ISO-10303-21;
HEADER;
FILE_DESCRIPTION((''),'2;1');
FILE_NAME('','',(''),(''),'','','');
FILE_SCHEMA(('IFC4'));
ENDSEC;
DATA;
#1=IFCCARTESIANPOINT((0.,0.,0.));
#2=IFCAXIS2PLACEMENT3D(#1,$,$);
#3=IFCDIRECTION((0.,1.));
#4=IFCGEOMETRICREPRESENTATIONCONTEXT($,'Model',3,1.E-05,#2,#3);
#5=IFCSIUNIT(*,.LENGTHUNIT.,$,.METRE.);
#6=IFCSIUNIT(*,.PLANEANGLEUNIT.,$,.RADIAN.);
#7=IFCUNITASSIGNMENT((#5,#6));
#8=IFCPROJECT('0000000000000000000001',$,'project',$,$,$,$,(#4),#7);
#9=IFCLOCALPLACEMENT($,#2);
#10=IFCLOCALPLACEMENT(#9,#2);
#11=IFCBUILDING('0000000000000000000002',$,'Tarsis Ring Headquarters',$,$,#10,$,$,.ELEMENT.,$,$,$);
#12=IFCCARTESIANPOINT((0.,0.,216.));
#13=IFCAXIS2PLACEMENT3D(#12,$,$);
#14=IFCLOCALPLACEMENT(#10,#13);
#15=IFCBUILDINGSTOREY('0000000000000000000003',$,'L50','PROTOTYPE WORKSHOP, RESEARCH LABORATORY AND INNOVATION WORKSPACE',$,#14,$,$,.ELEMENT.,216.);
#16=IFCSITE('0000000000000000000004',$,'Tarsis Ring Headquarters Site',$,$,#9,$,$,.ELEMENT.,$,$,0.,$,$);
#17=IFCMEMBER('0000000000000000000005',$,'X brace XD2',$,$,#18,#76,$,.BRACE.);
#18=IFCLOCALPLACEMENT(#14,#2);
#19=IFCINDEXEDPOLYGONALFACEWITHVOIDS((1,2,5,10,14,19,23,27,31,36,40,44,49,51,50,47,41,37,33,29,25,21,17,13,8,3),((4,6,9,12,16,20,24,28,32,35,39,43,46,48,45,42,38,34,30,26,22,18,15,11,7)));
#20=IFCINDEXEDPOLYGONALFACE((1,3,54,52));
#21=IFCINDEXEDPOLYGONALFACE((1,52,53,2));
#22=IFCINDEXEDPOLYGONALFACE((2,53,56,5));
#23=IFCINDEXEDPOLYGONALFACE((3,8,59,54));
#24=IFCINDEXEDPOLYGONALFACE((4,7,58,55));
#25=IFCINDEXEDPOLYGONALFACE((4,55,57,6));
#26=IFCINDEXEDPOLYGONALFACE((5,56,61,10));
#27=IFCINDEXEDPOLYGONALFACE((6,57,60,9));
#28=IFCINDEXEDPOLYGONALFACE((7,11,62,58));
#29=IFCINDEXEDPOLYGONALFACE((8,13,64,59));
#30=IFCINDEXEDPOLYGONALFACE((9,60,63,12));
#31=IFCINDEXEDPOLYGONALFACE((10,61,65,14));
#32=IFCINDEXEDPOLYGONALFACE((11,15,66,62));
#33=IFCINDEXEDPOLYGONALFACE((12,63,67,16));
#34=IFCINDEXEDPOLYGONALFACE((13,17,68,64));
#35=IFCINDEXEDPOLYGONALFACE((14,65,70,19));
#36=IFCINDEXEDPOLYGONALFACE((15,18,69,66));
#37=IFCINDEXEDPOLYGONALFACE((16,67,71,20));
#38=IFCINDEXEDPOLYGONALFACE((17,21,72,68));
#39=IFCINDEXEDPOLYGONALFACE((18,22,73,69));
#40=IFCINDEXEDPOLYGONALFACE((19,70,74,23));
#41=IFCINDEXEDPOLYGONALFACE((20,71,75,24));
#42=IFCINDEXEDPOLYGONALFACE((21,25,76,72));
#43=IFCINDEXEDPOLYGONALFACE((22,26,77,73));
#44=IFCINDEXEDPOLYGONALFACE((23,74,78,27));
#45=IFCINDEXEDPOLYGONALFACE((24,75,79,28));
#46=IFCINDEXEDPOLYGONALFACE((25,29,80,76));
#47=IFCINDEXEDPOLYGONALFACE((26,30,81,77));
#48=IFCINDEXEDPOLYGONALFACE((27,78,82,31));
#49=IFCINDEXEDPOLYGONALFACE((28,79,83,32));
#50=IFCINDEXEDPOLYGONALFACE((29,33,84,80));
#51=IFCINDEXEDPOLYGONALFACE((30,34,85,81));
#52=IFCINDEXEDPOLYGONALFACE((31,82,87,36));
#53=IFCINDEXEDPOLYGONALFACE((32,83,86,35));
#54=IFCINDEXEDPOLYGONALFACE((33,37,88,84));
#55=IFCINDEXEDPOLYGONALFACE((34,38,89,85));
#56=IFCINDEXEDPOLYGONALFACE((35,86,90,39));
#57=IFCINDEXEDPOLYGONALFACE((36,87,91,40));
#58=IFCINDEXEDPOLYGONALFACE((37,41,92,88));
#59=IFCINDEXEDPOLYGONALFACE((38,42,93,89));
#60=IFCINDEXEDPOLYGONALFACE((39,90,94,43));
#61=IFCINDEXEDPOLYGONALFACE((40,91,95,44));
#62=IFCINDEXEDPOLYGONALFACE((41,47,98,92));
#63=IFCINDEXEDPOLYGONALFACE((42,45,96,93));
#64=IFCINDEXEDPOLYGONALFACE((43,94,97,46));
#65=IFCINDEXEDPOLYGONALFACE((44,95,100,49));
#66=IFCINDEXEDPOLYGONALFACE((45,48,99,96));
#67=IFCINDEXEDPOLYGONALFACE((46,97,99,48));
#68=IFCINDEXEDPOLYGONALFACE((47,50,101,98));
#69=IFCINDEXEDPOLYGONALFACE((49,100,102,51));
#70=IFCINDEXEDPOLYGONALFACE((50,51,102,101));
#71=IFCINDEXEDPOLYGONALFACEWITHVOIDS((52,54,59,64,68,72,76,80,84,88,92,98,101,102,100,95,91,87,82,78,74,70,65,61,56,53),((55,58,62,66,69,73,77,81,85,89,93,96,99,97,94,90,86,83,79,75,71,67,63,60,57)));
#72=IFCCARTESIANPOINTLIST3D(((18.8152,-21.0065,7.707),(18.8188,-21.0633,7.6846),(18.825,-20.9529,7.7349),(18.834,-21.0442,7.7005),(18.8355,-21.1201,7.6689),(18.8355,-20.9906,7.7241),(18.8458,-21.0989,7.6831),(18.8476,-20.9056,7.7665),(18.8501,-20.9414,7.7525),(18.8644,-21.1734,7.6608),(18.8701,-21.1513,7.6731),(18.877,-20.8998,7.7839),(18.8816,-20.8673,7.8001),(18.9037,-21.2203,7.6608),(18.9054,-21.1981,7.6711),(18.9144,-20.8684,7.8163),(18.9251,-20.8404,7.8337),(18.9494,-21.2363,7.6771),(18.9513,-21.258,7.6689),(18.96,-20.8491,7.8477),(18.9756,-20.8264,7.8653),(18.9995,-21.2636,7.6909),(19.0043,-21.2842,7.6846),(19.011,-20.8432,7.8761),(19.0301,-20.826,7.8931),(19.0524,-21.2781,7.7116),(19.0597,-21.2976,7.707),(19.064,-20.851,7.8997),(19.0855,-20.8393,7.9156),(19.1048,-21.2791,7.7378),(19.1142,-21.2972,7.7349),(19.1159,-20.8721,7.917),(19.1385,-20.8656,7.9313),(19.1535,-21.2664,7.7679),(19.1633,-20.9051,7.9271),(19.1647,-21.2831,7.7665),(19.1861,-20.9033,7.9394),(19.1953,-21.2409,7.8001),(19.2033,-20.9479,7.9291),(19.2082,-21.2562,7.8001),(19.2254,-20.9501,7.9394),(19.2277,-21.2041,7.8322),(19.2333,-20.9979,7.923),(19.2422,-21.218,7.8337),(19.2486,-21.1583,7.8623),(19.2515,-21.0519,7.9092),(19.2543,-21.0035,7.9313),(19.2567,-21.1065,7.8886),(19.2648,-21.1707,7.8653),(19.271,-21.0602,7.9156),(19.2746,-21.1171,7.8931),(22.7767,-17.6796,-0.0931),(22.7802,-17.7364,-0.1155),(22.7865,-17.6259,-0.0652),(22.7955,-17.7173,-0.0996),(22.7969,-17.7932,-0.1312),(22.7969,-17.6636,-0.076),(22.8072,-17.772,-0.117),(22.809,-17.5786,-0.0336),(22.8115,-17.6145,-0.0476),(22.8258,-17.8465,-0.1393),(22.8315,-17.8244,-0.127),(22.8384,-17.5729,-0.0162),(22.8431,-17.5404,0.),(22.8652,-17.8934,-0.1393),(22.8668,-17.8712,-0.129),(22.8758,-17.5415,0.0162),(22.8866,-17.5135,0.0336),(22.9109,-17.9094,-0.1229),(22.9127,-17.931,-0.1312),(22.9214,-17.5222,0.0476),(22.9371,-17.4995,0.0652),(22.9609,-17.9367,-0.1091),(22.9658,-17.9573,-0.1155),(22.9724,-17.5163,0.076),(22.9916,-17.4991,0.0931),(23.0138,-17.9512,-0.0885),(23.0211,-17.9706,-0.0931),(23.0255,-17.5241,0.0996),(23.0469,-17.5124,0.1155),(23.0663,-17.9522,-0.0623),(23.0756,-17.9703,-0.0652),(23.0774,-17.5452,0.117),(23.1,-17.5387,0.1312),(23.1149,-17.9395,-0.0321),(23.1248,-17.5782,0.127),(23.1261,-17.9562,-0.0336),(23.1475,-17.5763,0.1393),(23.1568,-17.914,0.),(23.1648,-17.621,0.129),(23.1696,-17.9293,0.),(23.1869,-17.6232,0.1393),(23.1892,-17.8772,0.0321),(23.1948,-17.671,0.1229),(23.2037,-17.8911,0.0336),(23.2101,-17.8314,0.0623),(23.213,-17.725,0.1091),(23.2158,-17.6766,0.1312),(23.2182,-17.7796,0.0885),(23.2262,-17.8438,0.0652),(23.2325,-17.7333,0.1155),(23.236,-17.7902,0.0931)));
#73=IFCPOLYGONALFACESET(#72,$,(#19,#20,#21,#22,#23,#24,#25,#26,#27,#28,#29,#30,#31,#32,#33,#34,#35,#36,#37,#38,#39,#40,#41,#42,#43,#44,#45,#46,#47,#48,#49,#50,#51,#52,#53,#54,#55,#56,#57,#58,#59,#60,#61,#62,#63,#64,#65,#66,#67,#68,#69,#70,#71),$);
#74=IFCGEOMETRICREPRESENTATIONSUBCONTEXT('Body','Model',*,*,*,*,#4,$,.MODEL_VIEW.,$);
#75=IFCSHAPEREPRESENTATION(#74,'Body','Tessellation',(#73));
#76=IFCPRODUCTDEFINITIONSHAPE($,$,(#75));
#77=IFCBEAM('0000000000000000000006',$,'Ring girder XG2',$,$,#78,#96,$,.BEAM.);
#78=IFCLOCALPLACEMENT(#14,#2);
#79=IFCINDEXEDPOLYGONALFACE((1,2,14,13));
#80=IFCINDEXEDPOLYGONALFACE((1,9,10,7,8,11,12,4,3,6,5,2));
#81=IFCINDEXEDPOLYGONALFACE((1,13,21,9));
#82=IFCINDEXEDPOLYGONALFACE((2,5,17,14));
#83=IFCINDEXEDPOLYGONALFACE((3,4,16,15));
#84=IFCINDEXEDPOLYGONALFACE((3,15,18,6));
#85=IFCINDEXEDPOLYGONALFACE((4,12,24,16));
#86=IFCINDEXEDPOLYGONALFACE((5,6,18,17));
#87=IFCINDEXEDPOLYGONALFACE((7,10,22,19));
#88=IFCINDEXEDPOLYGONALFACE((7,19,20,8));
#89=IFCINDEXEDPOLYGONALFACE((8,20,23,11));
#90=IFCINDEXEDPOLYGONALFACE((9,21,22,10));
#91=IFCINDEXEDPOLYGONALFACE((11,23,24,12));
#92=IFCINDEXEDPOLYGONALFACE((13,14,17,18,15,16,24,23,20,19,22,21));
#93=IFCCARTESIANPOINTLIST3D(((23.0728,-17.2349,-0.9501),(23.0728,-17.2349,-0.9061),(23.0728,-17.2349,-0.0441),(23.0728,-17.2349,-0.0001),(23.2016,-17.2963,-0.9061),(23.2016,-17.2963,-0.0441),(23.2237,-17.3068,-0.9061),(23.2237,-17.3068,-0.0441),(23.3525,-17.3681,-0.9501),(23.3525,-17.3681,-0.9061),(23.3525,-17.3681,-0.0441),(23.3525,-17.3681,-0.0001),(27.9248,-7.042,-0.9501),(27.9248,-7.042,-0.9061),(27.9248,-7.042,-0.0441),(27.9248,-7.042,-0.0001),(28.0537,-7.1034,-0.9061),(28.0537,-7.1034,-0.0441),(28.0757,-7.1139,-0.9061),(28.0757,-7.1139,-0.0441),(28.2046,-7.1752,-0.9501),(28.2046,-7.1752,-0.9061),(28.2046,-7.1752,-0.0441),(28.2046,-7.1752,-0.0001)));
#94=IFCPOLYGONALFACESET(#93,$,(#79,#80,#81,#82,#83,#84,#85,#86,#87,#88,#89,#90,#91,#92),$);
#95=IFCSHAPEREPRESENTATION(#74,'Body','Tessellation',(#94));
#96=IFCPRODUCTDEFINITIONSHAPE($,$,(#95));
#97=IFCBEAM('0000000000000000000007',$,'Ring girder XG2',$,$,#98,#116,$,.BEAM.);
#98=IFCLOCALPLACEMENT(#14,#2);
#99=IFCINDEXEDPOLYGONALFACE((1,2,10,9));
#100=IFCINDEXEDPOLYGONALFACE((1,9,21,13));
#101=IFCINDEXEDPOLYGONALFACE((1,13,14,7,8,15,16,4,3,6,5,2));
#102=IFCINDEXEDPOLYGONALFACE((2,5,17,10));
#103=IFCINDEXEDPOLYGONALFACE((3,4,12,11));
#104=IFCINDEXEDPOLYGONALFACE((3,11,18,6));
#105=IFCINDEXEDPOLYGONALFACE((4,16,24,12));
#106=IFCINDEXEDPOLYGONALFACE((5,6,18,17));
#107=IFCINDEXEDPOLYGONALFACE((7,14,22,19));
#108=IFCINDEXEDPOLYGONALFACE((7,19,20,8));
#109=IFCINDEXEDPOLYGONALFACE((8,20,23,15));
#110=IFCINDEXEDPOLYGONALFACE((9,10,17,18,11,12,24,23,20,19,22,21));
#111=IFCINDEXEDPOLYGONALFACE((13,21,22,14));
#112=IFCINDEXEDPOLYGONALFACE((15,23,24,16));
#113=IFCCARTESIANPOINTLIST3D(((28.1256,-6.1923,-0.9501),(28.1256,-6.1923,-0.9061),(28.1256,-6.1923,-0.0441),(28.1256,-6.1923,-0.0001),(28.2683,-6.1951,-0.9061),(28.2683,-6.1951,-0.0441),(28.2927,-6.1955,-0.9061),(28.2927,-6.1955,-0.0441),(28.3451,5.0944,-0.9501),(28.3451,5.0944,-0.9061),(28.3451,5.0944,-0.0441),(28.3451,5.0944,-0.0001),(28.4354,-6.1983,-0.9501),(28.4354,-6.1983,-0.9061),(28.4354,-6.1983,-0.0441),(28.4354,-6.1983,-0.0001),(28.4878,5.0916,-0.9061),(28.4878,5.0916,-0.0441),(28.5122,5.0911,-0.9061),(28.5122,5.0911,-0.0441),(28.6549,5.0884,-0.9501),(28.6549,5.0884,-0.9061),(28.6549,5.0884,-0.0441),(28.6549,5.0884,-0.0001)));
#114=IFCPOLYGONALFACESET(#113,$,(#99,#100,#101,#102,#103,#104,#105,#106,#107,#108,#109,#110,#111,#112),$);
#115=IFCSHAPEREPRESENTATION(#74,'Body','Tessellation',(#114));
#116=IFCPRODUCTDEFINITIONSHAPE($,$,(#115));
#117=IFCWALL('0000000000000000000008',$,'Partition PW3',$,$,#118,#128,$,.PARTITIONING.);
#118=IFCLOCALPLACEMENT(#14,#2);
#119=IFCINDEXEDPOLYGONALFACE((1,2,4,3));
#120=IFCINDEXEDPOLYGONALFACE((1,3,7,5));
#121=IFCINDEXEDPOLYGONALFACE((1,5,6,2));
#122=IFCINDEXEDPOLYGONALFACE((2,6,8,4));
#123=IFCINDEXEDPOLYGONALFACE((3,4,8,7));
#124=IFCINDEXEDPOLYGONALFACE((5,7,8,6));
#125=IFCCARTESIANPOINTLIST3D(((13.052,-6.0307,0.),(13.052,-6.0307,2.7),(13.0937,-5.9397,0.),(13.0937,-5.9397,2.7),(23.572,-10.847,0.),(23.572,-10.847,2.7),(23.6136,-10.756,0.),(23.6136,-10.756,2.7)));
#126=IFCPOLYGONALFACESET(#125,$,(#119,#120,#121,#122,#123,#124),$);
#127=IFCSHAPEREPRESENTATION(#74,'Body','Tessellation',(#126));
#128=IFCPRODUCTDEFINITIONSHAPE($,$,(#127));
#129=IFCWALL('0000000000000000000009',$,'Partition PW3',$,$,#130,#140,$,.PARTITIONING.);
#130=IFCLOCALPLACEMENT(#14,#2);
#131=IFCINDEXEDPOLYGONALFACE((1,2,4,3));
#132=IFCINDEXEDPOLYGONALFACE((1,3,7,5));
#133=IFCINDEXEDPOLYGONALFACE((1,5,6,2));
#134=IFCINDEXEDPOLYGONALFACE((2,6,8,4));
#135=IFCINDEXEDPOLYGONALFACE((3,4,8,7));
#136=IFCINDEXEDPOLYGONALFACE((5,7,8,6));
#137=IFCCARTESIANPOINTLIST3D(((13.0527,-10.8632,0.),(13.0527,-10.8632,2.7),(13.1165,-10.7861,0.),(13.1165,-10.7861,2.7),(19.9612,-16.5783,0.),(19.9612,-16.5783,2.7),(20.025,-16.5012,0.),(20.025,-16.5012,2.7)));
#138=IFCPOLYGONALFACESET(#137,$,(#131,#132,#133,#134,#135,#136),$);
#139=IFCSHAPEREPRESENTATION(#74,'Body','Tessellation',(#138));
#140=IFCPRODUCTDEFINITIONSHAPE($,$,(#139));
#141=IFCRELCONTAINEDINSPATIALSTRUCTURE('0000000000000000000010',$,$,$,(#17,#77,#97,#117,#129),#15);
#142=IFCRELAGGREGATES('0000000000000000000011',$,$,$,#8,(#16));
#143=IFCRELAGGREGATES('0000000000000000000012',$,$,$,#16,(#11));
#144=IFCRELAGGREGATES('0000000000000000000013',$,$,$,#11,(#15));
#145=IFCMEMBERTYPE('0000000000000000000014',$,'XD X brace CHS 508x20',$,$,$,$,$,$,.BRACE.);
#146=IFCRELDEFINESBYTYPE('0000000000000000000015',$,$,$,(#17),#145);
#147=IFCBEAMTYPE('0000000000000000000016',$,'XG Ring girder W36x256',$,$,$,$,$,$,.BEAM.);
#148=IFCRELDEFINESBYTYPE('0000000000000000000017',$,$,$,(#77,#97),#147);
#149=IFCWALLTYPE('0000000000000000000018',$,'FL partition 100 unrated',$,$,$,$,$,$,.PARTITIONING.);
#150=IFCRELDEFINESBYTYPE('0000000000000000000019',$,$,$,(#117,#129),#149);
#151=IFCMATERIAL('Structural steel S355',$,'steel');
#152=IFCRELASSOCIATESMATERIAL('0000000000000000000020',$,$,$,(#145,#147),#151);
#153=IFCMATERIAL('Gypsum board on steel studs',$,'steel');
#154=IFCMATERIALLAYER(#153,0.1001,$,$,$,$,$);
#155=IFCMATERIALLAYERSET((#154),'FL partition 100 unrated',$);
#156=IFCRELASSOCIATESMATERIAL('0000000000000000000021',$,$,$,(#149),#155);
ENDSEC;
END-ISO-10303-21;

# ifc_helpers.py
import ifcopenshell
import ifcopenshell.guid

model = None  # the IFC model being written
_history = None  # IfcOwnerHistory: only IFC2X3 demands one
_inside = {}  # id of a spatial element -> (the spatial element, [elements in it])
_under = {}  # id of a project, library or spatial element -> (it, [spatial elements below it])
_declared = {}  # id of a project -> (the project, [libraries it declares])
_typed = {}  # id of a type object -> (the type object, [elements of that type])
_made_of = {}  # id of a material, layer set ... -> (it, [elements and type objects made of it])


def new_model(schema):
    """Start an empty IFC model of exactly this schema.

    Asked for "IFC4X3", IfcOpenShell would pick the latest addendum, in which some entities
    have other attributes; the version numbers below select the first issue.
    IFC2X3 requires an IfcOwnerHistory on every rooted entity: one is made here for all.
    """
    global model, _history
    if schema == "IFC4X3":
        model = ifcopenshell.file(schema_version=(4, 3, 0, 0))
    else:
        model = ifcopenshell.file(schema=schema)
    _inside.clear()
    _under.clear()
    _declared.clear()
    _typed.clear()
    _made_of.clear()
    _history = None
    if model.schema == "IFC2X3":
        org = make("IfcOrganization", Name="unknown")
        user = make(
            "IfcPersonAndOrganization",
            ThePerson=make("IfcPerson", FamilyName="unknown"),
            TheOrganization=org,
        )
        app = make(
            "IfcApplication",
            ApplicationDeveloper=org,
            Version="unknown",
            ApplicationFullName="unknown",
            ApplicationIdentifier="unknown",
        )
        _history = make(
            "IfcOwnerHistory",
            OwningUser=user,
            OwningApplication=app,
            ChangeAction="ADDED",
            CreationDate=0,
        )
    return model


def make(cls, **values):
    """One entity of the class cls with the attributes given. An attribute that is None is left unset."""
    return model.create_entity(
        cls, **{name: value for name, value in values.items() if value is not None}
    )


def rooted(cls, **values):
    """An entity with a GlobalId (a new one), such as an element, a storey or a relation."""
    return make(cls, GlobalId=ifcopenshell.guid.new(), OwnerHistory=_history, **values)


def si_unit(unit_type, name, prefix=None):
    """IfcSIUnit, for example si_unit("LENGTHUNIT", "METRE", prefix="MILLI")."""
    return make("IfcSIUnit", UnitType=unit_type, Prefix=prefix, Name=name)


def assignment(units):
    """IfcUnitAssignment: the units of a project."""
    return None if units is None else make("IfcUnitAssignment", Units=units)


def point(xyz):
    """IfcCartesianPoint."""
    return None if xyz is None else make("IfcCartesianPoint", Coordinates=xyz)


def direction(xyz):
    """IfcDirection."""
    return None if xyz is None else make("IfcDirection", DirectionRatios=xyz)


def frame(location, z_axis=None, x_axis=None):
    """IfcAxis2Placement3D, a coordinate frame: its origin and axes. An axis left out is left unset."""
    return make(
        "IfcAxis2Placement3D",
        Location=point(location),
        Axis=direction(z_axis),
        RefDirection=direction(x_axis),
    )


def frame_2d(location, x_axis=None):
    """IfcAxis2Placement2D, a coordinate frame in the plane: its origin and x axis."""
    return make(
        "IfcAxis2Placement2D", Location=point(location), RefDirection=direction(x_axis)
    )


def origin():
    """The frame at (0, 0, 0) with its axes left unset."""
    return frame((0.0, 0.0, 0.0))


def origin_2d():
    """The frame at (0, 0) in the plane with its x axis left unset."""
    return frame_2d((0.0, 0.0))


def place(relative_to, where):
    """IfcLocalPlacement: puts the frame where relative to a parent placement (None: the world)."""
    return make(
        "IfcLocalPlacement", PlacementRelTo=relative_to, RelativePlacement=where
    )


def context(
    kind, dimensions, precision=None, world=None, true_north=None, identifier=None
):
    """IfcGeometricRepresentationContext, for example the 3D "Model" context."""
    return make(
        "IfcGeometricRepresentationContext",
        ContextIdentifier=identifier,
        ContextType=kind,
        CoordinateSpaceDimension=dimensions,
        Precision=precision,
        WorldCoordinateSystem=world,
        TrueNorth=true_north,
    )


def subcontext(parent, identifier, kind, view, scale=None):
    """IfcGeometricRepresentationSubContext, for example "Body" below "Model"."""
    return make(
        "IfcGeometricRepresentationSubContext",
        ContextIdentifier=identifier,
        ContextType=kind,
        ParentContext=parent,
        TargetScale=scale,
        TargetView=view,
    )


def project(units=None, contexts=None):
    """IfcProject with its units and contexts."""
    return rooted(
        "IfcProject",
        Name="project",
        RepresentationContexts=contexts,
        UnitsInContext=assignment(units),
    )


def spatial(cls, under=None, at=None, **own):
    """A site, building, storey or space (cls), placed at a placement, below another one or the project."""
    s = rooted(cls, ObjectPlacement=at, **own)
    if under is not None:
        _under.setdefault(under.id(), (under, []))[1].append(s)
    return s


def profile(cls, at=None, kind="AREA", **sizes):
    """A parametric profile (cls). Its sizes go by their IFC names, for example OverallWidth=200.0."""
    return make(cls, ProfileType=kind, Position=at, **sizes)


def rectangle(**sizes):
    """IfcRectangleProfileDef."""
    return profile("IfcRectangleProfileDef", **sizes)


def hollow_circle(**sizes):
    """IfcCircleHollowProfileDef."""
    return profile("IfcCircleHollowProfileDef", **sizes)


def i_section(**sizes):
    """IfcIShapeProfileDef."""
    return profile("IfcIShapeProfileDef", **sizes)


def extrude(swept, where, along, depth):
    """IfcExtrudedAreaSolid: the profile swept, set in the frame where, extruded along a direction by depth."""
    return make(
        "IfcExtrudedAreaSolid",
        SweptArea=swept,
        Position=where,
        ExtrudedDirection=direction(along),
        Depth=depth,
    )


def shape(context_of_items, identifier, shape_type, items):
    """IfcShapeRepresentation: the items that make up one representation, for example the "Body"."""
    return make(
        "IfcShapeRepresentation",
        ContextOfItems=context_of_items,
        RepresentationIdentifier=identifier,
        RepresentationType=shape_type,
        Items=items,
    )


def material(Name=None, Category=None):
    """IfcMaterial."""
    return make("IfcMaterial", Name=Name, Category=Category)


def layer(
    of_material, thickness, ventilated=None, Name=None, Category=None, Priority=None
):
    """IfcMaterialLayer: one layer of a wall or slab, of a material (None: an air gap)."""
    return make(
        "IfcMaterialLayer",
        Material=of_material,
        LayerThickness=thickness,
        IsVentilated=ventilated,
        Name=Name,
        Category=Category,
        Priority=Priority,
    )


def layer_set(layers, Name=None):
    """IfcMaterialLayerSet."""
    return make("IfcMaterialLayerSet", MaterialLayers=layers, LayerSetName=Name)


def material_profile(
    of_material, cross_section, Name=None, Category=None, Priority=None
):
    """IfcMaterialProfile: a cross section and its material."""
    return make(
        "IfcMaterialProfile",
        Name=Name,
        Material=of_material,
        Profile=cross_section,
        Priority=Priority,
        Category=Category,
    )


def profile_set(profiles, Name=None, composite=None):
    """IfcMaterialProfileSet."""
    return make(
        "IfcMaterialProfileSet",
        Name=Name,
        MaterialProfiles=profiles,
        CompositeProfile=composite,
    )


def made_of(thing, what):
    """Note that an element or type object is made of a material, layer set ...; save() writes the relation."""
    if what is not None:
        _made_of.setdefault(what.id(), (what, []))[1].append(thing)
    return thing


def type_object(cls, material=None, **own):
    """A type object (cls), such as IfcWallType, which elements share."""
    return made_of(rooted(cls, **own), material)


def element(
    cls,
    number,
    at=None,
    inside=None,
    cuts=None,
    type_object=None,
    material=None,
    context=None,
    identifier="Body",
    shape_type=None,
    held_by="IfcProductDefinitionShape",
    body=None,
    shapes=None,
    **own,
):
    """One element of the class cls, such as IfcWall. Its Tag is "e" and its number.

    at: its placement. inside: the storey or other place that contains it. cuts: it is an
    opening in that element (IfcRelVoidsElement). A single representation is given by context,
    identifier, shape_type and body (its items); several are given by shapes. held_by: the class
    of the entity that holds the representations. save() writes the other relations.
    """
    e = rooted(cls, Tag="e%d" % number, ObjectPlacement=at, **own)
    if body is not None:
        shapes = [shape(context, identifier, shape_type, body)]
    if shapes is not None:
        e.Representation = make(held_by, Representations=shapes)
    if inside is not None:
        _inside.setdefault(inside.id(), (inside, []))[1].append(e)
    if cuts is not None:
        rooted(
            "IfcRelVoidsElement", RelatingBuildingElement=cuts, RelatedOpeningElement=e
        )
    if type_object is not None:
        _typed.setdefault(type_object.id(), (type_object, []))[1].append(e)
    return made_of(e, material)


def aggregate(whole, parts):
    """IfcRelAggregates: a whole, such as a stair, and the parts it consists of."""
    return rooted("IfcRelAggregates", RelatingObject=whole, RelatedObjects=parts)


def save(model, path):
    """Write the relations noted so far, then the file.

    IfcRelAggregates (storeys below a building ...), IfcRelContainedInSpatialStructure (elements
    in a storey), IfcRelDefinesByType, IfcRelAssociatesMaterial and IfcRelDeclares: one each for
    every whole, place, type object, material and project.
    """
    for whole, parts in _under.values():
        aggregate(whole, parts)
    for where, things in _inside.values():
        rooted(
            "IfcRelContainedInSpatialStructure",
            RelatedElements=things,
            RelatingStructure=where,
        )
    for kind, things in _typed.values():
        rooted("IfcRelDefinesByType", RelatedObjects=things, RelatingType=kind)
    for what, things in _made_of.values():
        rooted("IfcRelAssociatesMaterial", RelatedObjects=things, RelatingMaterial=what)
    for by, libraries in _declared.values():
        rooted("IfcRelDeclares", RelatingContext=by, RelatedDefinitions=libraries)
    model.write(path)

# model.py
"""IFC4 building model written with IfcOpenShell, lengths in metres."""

from ifc_helpers import new_model, si_unit, direction, frame, frame_2d, origin, origin_2d, place, context, subcontext, project, spatial, rectangle, hollow_circle, i_section, extrude, material, layer, layer_set, material_profile, profile_set, type_object, element, save


model = new_model("IFC4")

# Units and contexts
model_context = context("Model", 3, precision=1e-05, world=origin(), true_north=direction((0.0, 1.0)))
body_context = subcontext(model_context, "Body", "Model", "MODEL_VIEW")
ifc_project = project(units=[si_unit("LENGTHUNIT", "METRE"), si_unit("PLANEANGLEUNIT", "RADIAN")], contexts=[model_context])

# Site, building, storey
site_placement = place(None, origin())
site = spatial("IfcSite", under=ifc_project, at=site_placement, Name="Tarsis Ring Headquarters Site", CompositionType="ELEMENT", RefElevation=0.0)
building_placement = place(site_placement, origin())
building = spatial("IfcBuilding", under=site, at=building_placement, Name="Tarsis Ring Headquarters", CompositionType="ELEMENT")
storey_placement = place(building_placement, frame((0.0, 0.0, 216.0)))
storey = spatial("IfcBuildingStorey", under=building, at=storey_placement, Name="L50", Description="PROTOTYPE WORKSHOP, RESEARCH LABORATORY AND INNOVATION WORKSPACE", CompositionType="ELEMENT", Elevation=216.0)

# Shared definitions
ifc_material_1 = material(Name="Structural steel S355", Category="steel")

# Member
ifc_material_profile_1 = material_profile(ifc_material_1, hollow_circle(Radius=0.2539, WallThickness=0.02, at=origin_2d()), Name="CHS 508x20")
ifc_profile_set_1 = profile_set([ifc_material_profile_1], Name="Structural steel S355")
member_type = type_object("IfcMemberType", Name="XD X brace CHS 508x20", PredefinedType="BRACE", material=ifc_profile_set_1)
member_placement = place(storey_placement, frame((23.0063, -17.7349, 0.0), z_axis=(-0.423248, -0.355454, 0.833375), x_axis=(0.643114, -0.765771, 0.0)))
element("IfcMember", 1, at=member_placement, inside=storey, type_object=member_type, Name="X brace XD2", PredefinedType="BRACE", context=body_context, shape_type="SweptSolid", body=[
    extrude(hollow_circle(Radius=0.2539, WallThickness=0.02, at=origin_2d()), origin(), (0.0, 0.0, 1.0), 9.3596),
])

# Beams
ifc_material_profile_2 = material_profile(ifc_material_1, i_section(OverallWidth=0.3098, OverallDepth=0.95, WebThickness=0.0244, FlangeThickness=0.0439, at=origin_2d()), Name="W36x256")
ifc_profile_set_2 = profile_set([ifc_material_profile_2], Name="Structural steel S355")
beam_type_1 = type_object("IfcBeamType", Name="XG Ring girder W36x256", PredefinedType="BEAM", material=ifc_profile_set_2)
for number, where, z_axis, x_axis, name in (
    (2, (23.2126, -17.3015, -0.4751), (0.429811, 0.902919, 0.0), (-0.902919, 0.429811, 0.0), "Ring girder XG2"),
    (3, (28.2805, -6.1953, -0.4751), (0.019443, 0.999811, 0.0), (-0.999811, 0.019443, 0.0), "Ring girder XG2"),
):
    element("IfcBeam", number, at=place(storey_placement, frame(where, z_axis=z_axis, x_axis=x_axis)), inside=storey, type_object=beam_type_1, Name=name, PredefinedType="BEAM", context=body_context, shape_type="SweptSolid", body=[
        extrude(i_section(OverallWidth=0.3098, OverallDepth=0.95, WebThickness=0.0244, FlangeThickness=0.0439, at=origin_2d()), origin(), (0.0, 0.0, 1.0), 11.2888),
    ])

# Walls
ifc_material_2 = material(Name="Gypsum board on steel studs", Category="steel")
ifc_layer_1 = layer(ifc_material_2, 0.1001)
ifc_layer_set_1 = layer_set([ifc_layer_1], Name="FL partition 100 unrated")
wall_type_1 = type_object("IfcWallType", Name="FL partition 100 unrated", PredefinedType="PARTITIONING", material=ifc_layer_set_1)
wall_1_placement = place(storey_placement, frame((13.0728, -5.9851, 0.0), z_axis=(0.0, 0.0, 1.0), x_axis=(0.909237, -0.416278, 0.0)))
element("IfcWall", 4, at=wall_1_placement, inside=storey, type_object=wall_type_1, Name="Partition PW3", PredefinedType="PARTITIONING", context=body_context, shape_type="SweptSolid", body=[
    extrude(rectangle(XDim=11.5701, YDim=0.1001, at=frame_2d((5.7852, 0.0))), origin(), (0.0, 0.0, 1.0), 2.7),
])
wall_2_placement = place(storey_placement, frame((13.0847, -10.8247, 0.0), z_axis=(0.0, 0.0, 1.0), x_axis=(0.770517, -0.637419, 0.0)))
element("IfcWall", 5, at=wall_2_placement, inside=storey, type_object=wall_type_1, Name="Partition PW3", PredefinedType="PARTITIONING", context=body_context, shape_type="SweptSolid", body=[
    extrude(rectangle(XDim=8.9661, YDim=0.1001, at=frame_2d((4.4829, 0.0))), origin(), (0.0, 0.0, 1.0), 2.7),
])

save(model, "model.ifc")
